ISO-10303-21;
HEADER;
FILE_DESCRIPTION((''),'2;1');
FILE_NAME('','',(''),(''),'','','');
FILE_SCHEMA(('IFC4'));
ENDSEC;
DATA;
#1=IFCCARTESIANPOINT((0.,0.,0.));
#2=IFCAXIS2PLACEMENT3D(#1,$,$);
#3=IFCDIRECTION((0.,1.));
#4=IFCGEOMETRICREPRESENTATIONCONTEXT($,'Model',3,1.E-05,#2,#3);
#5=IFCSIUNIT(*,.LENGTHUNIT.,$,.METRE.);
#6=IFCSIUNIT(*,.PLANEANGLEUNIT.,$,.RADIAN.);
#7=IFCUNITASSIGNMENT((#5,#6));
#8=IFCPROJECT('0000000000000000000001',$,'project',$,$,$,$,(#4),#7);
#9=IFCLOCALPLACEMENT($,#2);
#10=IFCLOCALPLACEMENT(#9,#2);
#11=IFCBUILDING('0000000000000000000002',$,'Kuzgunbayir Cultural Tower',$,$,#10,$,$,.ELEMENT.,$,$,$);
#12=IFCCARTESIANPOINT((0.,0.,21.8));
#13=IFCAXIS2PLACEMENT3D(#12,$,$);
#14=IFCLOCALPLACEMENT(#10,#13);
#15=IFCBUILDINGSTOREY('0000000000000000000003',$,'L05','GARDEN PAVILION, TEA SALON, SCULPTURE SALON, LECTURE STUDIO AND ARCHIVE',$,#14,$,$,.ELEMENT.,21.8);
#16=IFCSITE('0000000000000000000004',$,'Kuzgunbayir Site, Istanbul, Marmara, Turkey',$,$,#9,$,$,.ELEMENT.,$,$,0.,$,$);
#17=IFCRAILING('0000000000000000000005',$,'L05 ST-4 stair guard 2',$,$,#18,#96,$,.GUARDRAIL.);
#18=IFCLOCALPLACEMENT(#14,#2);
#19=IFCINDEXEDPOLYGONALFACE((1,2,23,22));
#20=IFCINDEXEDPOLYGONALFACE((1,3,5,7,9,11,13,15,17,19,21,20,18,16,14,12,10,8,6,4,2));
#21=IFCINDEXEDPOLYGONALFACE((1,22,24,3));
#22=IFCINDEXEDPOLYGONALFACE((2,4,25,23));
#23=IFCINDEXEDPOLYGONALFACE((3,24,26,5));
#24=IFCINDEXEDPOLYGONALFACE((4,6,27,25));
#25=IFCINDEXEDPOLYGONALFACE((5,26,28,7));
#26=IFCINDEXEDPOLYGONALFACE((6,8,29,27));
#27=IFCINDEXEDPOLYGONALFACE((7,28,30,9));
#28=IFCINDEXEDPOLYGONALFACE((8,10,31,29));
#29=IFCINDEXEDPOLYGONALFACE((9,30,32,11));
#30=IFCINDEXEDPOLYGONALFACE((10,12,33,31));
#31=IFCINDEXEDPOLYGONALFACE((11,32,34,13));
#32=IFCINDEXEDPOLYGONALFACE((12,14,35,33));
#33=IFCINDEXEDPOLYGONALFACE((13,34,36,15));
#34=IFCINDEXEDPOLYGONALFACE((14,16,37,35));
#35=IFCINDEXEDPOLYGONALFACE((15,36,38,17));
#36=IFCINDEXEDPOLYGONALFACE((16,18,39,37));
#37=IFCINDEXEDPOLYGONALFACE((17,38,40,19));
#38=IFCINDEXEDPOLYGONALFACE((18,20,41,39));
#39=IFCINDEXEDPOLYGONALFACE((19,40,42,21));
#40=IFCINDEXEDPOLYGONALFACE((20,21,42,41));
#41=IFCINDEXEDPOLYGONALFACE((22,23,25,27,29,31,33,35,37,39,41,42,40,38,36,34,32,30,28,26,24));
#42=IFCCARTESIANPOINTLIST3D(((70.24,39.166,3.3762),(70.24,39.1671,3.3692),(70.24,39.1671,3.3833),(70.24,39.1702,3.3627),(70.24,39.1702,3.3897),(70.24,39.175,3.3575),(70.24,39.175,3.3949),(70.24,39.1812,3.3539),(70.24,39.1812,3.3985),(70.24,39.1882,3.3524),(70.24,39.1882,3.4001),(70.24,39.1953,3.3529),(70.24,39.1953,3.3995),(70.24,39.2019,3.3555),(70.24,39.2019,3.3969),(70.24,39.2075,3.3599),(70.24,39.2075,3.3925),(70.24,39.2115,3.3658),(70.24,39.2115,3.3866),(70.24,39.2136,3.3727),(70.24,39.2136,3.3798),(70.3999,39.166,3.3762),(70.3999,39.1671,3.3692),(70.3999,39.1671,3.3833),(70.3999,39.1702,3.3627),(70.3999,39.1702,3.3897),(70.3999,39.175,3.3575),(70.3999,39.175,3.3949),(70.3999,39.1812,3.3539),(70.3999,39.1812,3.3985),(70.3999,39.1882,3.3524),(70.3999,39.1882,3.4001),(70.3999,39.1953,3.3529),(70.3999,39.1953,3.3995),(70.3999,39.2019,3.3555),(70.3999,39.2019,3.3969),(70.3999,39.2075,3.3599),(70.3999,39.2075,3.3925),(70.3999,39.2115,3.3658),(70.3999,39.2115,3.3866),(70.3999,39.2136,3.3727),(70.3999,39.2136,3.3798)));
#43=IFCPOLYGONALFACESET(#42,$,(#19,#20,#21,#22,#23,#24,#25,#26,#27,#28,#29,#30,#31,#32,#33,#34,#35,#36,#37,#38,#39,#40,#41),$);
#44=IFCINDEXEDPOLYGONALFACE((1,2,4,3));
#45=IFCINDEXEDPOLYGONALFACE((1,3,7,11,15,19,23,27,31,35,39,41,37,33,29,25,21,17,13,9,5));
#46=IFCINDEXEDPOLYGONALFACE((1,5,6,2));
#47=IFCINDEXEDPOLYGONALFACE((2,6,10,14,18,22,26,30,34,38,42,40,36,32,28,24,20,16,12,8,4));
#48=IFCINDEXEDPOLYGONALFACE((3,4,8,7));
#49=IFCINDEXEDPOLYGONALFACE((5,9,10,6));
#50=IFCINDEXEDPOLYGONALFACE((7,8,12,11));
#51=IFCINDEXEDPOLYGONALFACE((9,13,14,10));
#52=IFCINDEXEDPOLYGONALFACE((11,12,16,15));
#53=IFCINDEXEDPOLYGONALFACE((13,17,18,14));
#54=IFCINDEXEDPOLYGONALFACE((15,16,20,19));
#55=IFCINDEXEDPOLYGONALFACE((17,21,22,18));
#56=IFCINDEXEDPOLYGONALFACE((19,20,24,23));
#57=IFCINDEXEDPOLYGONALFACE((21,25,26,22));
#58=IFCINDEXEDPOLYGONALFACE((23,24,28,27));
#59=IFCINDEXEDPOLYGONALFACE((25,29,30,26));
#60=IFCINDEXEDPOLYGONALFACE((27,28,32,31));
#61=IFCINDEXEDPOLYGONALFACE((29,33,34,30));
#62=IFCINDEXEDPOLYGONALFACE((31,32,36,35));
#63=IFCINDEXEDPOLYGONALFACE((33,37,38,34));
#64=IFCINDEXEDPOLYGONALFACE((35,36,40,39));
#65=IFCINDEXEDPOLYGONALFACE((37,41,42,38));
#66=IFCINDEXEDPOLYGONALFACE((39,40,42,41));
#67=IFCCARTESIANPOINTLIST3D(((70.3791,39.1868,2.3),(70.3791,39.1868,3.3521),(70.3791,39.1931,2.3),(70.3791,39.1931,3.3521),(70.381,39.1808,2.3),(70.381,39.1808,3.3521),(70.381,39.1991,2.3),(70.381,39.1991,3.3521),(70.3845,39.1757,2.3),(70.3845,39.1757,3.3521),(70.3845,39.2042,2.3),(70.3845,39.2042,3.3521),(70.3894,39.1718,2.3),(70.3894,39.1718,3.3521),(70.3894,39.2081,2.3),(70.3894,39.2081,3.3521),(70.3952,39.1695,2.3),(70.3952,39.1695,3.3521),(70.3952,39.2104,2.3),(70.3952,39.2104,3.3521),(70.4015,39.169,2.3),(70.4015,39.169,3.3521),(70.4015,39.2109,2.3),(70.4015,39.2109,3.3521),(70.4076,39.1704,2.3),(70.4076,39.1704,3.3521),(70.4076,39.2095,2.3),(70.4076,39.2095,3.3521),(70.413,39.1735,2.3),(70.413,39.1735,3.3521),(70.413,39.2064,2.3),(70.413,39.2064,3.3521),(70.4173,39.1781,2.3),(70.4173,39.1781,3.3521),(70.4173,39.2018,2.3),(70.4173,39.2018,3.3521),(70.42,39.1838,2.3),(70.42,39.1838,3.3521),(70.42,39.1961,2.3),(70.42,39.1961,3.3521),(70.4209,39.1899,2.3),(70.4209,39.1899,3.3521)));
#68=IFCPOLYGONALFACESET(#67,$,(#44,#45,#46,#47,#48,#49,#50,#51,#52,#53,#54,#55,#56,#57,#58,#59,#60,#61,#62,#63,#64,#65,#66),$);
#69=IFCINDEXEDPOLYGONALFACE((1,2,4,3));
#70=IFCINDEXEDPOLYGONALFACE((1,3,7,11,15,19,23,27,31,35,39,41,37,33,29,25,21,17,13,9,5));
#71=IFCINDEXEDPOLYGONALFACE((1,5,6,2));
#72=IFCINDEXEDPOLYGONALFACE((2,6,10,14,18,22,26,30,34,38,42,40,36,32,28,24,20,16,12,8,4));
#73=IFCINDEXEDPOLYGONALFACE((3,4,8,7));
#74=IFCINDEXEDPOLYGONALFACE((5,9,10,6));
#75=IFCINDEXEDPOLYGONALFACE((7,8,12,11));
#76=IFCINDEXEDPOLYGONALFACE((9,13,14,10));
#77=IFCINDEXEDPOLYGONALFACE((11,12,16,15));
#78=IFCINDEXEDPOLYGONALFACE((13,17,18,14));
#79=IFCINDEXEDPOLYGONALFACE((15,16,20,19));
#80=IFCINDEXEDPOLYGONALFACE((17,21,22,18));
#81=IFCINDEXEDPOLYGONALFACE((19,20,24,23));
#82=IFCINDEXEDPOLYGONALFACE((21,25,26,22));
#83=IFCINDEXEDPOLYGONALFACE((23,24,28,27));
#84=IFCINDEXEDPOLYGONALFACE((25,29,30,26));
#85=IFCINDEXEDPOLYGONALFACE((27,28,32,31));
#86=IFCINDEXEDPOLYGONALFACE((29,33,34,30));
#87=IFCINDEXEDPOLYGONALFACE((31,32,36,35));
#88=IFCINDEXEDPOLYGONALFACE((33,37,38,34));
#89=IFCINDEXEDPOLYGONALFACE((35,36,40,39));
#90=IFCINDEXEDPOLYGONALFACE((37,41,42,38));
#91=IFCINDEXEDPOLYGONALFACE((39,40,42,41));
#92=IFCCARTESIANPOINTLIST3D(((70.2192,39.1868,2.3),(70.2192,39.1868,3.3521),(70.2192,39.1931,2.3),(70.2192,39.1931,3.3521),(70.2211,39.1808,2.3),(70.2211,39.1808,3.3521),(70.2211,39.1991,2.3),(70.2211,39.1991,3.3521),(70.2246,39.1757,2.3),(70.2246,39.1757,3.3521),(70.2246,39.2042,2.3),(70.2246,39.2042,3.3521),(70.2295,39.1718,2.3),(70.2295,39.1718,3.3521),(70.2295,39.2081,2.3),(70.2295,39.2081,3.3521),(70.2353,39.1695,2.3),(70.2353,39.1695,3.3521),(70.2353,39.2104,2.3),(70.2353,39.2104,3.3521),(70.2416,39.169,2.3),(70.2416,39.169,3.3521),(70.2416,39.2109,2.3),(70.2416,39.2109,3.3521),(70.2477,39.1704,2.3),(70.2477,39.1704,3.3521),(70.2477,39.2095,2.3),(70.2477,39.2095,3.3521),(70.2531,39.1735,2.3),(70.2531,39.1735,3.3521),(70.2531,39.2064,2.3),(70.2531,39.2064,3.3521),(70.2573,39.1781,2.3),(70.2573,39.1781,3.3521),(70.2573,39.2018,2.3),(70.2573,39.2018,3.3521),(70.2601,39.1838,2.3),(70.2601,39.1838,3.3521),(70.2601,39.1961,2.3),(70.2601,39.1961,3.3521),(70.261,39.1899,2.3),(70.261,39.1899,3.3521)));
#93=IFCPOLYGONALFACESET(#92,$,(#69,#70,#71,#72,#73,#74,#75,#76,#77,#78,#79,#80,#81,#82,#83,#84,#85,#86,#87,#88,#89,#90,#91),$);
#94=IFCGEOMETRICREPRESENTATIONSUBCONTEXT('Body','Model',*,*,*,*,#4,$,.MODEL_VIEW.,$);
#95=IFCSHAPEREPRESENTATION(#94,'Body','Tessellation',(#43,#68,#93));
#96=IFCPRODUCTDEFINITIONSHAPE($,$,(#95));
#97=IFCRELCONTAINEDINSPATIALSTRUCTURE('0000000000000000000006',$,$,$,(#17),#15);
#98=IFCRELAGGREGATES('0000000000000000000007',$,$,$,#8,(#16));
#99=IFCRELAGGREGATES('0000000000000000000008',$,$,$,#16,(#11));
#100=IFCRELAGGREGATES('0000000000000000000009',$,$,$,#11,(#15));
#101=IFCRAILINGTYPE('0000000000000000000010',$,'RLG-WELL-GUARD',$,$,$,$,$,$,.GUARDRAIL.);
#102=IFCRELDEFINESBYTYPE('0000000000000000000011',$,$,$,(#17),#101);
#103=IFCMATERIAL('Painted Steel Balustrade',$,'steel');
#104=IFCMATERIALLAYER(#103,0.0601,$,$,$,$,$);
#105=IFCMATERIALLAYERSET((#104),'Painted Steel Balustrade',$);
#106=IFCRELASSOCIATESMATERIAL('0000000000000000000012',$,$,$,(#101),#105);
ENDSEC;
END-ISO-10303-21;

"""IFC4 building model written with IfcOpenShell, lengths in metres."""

from ifc_helpers import new_model, si_unit, direction, frame, origin, origin_2d, place, context, subcontext, project, spatial, circle, extrude, material, layer, layer_set, type_object, element, save


model = new_model("IFC4")

# Units and contexts
model_context = context("Model", 3, precision=1e-05, world=origin(), true_north=direction((0.0, 1.0)))
body_context = subcontext(model_context, "Body", "Model", "MODEL_VIEW")
ifc_project = project(units=[si_unit("LENGTHUNIT", "METRE"), si_unit("PLANEANGLEUNIT", "RADIAN")], contexts=[model_context])

# Site, building, storey
site_placement = place(None, origin())
site = spatial("IfcSite", under=ifc_project, at=site_placement, Name="Kuzgunbayir Site, Istanbul, Marmara, Turkey", CompositionType="ELEMENT", RefElevation=0.0)
building_placement = place(site_placement, origin())
building = spatial("IfcBuilding", under=site, at=building_placement, Name="Kuzgunbayir Cultural Tower", CompositionType="ELEMENT")
storey_placement = place(building_placement, frame((0.0, 0.0, 21.8)))
storey = spatial("IfcBuildingStorey", under=building, at=storey_placement, Name="L05", Description="GARDEN PAVILION, TEA SALON, SCULPTURE SALON, LECTURE STUDIO AND ARCHIVE", CompositionType="ELEMENT", Elevation=21.8)

# Railing
ifc_material_1 = material(Name="Painted Steel Balustrade", Category="steel")
ifc_layer_1 = layer(ifc_material_1, 0.0601)
ifc_layer_set_1 = layer_set([ifc_layer_1], Name="Painted Steel Balustrade")
railing_type_1 = type_object("IfcRailingType", Name="RLG-WELL-GUARD", PredefinedType="GUARDRAIL", material=ifc_layer_set_1)
railing_1_placement = place(storey_placement, frame((70.3999, 39.1899, 2.3)))
element("IfcRailing", 1, at=railing_1_placement, inside=storey, type_object=railing_type_1, Name="L05 ST-4 stair guard 2", PredefinedType="GUARDRAIL", context=body_context, shape_type="SweptSolid", body=[
    extrude(circle(Radius=0.0239, at=origin_2d()), frame((0.0, 0.0, 1.0762), z_axis=(-1.0, 0.0, 0.0), x_axis=(0.0, -1.0, 0.0)), (0.0, 0.0, 1.0), 0.1599),
    extrude(circle(Radius=0.021, at=origin_2d()), origin(), (0.0, 0.0, 1.0), 1.052),
    extrude(circle(Radius=0.021, at=origin_2d()), frame((-0.1599, 0.0, 0.0)), (0.0, 0.0, 1.0), 1.052),
])

save(model, "model.ifc")
